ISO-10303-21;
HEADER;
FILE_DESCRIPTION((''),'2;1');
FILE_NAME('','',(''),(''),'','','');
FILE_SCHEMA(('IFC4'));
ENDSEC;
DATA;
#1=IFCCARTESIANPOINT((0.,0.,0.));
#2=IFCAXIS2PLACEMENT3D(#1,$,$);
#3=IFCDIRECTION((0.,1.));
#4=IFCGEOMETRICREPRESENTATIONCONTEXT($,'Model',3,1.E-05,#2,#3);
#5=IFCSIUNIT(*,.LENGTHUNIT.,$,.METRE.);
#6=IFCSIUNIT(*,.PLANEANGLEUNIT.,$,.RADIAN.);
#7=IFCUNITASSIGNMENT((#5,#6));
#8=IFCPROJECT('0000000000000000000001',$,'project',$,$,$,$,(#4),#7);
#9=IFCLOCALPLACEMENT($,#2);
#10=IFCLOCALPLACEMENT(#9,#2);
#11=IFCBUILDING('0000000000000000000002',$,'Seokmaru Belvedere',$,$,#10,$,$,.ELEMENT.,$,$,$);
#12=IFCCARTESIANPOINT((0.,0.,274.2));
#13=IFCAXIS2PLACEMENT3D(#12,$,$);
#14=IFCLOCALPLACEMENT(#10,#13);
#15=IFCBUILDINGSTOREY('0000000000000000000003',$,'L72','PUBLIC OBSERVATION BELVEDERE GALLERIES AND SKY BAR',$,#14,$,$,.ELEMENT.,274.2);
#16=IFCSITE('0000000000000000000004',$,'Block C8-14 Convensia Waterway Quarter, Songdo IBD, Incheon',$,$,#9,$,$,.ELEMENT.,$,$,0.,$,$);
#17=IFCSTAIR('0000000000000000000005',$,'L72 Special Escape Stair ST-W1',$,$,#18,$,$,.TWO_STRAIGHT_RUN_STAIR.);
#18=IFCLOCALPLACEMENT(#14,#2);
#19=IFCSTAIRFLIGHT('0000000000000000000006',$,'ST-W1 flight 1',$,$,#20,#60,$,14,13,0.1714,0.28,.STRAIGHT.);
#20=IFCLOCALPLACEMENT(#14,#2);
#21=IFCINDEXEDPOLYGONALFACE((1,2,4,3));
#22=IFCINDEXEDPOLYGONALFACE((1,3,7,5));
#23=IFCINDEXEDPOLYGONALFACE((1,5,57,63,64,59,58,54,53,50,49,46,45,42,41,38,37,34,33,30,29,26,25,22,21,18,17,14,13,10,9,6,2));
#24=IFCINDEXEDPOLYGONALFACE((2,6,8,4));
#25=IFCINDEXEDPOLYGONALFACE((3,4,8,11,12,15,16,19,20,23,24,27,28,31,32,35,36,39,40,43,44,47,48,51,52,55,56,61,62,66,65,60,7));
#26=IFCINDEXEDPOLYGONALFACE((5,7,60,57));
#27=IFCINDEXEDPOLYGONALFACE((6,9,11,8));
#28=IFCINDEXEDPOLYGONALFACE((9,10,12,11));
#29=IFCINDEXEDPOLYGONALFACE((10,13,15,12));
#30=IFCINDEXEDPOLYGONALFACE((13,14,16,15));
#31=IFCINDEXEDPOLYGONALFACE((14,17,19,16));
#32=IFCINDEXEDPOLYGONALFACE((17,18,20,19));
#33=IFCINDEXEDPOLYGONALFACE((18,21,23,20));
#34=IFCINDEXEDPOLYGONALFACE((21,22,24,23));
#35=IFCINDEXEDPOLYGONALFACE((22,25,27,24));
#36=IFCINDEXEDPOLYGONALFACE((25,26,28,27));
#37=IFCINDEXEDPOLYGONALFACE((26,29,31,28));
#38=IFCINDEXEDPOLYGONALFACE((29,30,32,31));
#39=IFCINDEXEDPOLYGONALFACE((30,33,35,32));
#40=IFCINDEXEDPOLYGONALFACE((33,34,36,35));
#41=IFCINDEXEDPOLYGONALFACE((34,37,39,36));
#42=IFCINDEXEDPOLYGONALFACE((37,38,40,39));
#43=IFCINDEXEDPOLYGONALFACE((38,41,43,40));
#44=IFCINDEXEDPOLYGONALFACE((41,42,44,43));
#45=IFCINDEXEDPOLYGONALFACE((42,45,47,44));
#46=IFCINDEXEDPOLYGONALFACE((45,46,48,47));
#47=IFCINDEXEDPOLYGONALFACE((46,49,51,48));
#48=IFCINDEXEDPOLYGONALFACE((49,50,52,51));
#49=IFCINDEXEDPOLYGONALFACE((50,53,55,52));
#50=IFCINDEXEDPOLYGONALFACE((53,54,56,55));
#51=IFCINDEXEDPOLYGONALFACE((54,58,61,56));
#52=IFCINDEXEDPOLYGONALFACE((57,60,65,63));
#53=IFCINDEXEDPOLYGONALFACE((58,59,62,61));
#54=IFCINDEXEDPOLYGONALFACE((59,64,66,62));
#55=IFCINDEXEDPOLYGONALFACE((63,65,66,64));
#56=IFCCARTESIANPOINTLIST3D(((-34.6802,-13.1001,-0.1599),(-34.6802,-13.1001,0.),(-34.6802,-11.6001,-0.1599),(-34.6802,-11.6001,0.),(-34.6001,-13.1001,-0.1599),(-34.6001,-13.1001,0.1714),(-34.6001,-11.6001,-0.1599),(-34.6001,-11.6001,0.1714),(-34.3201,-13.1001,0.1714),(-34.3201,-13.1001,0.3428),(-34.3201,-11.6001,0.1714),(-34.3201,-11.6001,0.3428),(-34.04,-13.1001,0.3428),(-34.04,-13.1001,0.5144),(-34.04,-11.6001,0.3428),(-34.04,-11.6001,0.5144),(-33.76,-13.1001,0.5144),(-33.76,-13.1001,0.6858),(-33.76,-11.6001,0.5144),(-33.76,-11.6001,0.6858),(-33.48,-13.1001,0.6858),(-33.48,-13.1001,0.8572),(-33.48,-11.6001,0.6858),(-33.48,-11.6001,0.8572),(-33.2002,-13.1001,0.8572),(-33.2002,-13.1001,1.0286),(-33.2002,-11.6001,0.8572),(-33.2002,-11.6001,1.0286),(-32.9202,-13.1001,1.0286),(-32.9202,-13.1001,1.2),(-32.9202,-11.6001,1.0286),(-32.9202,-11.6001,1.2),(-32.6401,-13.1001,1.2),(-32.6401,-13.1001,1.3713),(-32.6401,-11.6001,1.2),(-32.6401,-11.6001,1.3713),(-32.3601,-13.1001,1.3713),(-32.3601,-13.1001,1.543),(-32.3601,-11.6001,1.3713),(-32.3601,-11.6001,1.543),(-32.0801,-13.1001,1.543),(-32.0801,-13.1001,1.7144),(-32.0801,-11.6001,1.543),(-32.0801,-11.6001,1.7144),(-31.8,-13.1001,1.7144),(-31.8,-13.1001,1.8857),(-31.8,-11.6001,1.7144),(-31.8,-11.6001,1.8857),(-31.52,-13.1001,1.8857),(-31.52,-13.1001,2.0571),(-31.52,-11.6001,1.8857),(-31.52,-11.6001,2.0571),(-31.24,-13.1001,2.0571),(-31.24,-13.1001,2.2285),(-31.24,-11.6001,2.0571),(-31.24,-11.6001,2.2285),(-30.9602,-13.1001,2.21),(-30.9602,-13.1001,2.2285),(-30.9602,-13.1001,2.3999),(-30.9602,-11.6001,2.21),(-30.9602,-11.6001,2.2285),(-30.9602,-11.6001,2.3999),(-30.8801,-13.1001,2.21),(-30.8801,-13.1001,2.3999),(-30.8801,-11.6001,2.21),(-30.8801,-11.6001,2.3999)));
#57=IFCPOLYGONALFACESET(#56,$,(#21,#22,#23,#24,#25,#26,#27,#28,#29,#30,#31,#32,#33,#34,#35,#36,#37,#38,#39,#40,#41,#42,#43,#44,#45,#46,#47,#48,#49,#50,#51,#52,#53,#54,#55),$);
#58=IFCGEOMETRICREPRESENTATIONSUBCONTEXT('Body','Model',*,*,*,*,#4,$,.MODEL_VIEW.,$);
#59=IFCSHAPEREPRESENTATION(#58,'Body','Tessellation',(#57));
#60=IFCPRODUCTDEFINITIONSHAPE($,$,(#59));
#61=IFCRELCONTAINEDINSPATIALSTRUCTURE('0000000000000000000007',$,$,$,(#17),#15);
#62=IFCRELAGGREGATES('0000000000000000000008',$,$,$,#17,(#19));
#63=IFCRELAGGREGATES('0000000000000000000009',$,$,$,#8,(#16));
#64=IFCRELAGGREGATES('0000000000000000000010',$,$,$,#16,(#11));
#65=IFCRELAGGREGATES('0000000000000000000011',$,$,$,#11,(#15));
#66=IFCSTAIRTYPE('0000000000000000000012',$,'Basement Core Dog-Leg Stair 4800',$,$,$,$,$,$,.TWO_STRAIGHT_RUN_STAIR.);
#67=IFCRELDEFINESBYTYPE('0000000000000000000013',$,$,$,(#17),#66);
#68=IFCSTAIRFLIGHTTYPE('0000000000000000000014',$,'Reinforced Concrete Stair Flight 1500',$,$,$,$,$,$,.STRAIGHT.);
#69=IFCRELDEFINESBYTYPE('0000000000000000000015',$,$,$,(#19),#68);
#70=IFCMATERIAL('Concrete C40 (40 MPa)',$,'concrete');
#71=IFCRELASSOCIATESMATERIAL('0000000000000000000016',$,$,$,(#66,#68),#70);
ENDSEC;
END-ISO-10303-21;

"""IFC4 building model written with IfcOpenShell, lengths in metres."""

from ifc_helpers import new_model, si_unit, direction, frame, origin, place, context, subcontext, project, spatial, polyline, outline, extrude, material, type_object, element, aggregate, save


model = new_model("IFC4")

# Units and contexts
model_context = context("Model", 3, precision=1e-05, world=origin(), true_north=direction((0.0, 1.0)))
body_context = subcontext(model_context, "Body", "Model", "MODEL_VIEW")
ifc_project = project(units=[si_unit("LENGTHUNIT", "METRE"), si_unit("PLANEANGLEUNIT", "RADIAN")], contexts=[model_context])

# Site, building, storey
site_placement = place(None, origin())
site = spatial("IfcSite", under=ifc_project, at=site_placement, Name="Block C8-14 Convensia Waterway Quarter, Songdo IBD, Incheon", CompositionType="ELEMENT", RefElevation=0.0)
building_placement = place(site_placement, origin())
building = spatial("IfcBuilding", under=site, at=building_placement, Name="Seokmaru Belvedere", CompositionType="ELEMENT")
storey_placement = place(building_placement, frame((0.0, 0.0, 274.2)))
storey = spatial("IfcBuildingStorey", under=building, at=storey_placement, Name="L72", Description="PUBLIC OBSERVATION BELVEDERE GALLERIES AND SKY BAR", CompositionType="ELEMENT", Elevation=274.2)

# Stair, stair flight
ifc_material_1 = material(Name="Concrete C40 (40 MPa)", Category="concrete")
stair_type = type_object("IfcStairType", Name="Basement Core Dog-Leg Stair 4800", PredefinedType="TWO_STRAIGHT_RUN_STAIR", material=ifc_material_1)
stair_placement = place(storey_placement, origin())
stair = element("IfcStair", 1, at=stair_placement, inside=storey, type_object=stair_type, Name="L72 Special Escape Stair ST-W1", PredefinedType="TWO_STRAIGHT_RUN_STAIR")
stair_flight_type = type_object("IfcStairFlightType", Name="Reinforced Concrete Stair Flight 1500", PredefinedType="STRAIGHT", material=ifc_material_1)
stair_flight_placement = place(storey_placement, frame((-34.6001, -12.3501, 0.0), z_axis=(0.0, 0.0, 1.0), x_axis=(1.0, 0.0, 0.0)))
stair_flight = element("IfcStairFlight", 2, at=stair_flight_placement, type_object=stair_flight_type, Name="ST-W1 flight 1", NumberOfRisers=14, NumberOfTreads=13, PredefinedType="STRAIGHT", RiserHeight=0.1714, TreadLength=0.28, context=body_context, shape_type="SweptSolid", body=[
    extrude(outline(polyline([(-0.0801, 0.0), (0.0, 0.1714), (0.28, 0.1714), (0.28, 0.3428), (0.5601, 0.3428), (0.5601, 0.5144), (0.8401, 0.5144), (0.8401, 0.6858), (1.1201, 0.6858), (1.1201, 0.8572), (1.3999, 0.8572), (1.3999, 1.0286), (1.6799, 1.0286), (1.6799, 1.2), (1.96, 1.2), (1.96, 1.3713), (2.24, 1.3713), (2.24, 1.543), (2.52, 1.543), (2.52, 1.7144), (2.8, 1.7144), (2.8, 1.8857), (3.0801, 1.8857), (3.0801, 2.0571), (3.3601, 2.0571), (3.3601, 2.2285), (3.6399, 2.2285), (3.6399, 2.3999), (3.72, 2.3999), (3.72, 2.21), (3.6399, 2.21), (0.0, -0.1599), (-0.0801, -0.1599), (-0.0801, 0.0)])), frame((0.0, 0.75, 0.0), z_axis=(0.0, -1.0, 0.0), x_axis=(1.0, 0.0, 0.0)), (0.0, 0.0, 1.0), 1.5),
])
aggregate(stair, [stair_flight])

save(model, "model.ifc")
